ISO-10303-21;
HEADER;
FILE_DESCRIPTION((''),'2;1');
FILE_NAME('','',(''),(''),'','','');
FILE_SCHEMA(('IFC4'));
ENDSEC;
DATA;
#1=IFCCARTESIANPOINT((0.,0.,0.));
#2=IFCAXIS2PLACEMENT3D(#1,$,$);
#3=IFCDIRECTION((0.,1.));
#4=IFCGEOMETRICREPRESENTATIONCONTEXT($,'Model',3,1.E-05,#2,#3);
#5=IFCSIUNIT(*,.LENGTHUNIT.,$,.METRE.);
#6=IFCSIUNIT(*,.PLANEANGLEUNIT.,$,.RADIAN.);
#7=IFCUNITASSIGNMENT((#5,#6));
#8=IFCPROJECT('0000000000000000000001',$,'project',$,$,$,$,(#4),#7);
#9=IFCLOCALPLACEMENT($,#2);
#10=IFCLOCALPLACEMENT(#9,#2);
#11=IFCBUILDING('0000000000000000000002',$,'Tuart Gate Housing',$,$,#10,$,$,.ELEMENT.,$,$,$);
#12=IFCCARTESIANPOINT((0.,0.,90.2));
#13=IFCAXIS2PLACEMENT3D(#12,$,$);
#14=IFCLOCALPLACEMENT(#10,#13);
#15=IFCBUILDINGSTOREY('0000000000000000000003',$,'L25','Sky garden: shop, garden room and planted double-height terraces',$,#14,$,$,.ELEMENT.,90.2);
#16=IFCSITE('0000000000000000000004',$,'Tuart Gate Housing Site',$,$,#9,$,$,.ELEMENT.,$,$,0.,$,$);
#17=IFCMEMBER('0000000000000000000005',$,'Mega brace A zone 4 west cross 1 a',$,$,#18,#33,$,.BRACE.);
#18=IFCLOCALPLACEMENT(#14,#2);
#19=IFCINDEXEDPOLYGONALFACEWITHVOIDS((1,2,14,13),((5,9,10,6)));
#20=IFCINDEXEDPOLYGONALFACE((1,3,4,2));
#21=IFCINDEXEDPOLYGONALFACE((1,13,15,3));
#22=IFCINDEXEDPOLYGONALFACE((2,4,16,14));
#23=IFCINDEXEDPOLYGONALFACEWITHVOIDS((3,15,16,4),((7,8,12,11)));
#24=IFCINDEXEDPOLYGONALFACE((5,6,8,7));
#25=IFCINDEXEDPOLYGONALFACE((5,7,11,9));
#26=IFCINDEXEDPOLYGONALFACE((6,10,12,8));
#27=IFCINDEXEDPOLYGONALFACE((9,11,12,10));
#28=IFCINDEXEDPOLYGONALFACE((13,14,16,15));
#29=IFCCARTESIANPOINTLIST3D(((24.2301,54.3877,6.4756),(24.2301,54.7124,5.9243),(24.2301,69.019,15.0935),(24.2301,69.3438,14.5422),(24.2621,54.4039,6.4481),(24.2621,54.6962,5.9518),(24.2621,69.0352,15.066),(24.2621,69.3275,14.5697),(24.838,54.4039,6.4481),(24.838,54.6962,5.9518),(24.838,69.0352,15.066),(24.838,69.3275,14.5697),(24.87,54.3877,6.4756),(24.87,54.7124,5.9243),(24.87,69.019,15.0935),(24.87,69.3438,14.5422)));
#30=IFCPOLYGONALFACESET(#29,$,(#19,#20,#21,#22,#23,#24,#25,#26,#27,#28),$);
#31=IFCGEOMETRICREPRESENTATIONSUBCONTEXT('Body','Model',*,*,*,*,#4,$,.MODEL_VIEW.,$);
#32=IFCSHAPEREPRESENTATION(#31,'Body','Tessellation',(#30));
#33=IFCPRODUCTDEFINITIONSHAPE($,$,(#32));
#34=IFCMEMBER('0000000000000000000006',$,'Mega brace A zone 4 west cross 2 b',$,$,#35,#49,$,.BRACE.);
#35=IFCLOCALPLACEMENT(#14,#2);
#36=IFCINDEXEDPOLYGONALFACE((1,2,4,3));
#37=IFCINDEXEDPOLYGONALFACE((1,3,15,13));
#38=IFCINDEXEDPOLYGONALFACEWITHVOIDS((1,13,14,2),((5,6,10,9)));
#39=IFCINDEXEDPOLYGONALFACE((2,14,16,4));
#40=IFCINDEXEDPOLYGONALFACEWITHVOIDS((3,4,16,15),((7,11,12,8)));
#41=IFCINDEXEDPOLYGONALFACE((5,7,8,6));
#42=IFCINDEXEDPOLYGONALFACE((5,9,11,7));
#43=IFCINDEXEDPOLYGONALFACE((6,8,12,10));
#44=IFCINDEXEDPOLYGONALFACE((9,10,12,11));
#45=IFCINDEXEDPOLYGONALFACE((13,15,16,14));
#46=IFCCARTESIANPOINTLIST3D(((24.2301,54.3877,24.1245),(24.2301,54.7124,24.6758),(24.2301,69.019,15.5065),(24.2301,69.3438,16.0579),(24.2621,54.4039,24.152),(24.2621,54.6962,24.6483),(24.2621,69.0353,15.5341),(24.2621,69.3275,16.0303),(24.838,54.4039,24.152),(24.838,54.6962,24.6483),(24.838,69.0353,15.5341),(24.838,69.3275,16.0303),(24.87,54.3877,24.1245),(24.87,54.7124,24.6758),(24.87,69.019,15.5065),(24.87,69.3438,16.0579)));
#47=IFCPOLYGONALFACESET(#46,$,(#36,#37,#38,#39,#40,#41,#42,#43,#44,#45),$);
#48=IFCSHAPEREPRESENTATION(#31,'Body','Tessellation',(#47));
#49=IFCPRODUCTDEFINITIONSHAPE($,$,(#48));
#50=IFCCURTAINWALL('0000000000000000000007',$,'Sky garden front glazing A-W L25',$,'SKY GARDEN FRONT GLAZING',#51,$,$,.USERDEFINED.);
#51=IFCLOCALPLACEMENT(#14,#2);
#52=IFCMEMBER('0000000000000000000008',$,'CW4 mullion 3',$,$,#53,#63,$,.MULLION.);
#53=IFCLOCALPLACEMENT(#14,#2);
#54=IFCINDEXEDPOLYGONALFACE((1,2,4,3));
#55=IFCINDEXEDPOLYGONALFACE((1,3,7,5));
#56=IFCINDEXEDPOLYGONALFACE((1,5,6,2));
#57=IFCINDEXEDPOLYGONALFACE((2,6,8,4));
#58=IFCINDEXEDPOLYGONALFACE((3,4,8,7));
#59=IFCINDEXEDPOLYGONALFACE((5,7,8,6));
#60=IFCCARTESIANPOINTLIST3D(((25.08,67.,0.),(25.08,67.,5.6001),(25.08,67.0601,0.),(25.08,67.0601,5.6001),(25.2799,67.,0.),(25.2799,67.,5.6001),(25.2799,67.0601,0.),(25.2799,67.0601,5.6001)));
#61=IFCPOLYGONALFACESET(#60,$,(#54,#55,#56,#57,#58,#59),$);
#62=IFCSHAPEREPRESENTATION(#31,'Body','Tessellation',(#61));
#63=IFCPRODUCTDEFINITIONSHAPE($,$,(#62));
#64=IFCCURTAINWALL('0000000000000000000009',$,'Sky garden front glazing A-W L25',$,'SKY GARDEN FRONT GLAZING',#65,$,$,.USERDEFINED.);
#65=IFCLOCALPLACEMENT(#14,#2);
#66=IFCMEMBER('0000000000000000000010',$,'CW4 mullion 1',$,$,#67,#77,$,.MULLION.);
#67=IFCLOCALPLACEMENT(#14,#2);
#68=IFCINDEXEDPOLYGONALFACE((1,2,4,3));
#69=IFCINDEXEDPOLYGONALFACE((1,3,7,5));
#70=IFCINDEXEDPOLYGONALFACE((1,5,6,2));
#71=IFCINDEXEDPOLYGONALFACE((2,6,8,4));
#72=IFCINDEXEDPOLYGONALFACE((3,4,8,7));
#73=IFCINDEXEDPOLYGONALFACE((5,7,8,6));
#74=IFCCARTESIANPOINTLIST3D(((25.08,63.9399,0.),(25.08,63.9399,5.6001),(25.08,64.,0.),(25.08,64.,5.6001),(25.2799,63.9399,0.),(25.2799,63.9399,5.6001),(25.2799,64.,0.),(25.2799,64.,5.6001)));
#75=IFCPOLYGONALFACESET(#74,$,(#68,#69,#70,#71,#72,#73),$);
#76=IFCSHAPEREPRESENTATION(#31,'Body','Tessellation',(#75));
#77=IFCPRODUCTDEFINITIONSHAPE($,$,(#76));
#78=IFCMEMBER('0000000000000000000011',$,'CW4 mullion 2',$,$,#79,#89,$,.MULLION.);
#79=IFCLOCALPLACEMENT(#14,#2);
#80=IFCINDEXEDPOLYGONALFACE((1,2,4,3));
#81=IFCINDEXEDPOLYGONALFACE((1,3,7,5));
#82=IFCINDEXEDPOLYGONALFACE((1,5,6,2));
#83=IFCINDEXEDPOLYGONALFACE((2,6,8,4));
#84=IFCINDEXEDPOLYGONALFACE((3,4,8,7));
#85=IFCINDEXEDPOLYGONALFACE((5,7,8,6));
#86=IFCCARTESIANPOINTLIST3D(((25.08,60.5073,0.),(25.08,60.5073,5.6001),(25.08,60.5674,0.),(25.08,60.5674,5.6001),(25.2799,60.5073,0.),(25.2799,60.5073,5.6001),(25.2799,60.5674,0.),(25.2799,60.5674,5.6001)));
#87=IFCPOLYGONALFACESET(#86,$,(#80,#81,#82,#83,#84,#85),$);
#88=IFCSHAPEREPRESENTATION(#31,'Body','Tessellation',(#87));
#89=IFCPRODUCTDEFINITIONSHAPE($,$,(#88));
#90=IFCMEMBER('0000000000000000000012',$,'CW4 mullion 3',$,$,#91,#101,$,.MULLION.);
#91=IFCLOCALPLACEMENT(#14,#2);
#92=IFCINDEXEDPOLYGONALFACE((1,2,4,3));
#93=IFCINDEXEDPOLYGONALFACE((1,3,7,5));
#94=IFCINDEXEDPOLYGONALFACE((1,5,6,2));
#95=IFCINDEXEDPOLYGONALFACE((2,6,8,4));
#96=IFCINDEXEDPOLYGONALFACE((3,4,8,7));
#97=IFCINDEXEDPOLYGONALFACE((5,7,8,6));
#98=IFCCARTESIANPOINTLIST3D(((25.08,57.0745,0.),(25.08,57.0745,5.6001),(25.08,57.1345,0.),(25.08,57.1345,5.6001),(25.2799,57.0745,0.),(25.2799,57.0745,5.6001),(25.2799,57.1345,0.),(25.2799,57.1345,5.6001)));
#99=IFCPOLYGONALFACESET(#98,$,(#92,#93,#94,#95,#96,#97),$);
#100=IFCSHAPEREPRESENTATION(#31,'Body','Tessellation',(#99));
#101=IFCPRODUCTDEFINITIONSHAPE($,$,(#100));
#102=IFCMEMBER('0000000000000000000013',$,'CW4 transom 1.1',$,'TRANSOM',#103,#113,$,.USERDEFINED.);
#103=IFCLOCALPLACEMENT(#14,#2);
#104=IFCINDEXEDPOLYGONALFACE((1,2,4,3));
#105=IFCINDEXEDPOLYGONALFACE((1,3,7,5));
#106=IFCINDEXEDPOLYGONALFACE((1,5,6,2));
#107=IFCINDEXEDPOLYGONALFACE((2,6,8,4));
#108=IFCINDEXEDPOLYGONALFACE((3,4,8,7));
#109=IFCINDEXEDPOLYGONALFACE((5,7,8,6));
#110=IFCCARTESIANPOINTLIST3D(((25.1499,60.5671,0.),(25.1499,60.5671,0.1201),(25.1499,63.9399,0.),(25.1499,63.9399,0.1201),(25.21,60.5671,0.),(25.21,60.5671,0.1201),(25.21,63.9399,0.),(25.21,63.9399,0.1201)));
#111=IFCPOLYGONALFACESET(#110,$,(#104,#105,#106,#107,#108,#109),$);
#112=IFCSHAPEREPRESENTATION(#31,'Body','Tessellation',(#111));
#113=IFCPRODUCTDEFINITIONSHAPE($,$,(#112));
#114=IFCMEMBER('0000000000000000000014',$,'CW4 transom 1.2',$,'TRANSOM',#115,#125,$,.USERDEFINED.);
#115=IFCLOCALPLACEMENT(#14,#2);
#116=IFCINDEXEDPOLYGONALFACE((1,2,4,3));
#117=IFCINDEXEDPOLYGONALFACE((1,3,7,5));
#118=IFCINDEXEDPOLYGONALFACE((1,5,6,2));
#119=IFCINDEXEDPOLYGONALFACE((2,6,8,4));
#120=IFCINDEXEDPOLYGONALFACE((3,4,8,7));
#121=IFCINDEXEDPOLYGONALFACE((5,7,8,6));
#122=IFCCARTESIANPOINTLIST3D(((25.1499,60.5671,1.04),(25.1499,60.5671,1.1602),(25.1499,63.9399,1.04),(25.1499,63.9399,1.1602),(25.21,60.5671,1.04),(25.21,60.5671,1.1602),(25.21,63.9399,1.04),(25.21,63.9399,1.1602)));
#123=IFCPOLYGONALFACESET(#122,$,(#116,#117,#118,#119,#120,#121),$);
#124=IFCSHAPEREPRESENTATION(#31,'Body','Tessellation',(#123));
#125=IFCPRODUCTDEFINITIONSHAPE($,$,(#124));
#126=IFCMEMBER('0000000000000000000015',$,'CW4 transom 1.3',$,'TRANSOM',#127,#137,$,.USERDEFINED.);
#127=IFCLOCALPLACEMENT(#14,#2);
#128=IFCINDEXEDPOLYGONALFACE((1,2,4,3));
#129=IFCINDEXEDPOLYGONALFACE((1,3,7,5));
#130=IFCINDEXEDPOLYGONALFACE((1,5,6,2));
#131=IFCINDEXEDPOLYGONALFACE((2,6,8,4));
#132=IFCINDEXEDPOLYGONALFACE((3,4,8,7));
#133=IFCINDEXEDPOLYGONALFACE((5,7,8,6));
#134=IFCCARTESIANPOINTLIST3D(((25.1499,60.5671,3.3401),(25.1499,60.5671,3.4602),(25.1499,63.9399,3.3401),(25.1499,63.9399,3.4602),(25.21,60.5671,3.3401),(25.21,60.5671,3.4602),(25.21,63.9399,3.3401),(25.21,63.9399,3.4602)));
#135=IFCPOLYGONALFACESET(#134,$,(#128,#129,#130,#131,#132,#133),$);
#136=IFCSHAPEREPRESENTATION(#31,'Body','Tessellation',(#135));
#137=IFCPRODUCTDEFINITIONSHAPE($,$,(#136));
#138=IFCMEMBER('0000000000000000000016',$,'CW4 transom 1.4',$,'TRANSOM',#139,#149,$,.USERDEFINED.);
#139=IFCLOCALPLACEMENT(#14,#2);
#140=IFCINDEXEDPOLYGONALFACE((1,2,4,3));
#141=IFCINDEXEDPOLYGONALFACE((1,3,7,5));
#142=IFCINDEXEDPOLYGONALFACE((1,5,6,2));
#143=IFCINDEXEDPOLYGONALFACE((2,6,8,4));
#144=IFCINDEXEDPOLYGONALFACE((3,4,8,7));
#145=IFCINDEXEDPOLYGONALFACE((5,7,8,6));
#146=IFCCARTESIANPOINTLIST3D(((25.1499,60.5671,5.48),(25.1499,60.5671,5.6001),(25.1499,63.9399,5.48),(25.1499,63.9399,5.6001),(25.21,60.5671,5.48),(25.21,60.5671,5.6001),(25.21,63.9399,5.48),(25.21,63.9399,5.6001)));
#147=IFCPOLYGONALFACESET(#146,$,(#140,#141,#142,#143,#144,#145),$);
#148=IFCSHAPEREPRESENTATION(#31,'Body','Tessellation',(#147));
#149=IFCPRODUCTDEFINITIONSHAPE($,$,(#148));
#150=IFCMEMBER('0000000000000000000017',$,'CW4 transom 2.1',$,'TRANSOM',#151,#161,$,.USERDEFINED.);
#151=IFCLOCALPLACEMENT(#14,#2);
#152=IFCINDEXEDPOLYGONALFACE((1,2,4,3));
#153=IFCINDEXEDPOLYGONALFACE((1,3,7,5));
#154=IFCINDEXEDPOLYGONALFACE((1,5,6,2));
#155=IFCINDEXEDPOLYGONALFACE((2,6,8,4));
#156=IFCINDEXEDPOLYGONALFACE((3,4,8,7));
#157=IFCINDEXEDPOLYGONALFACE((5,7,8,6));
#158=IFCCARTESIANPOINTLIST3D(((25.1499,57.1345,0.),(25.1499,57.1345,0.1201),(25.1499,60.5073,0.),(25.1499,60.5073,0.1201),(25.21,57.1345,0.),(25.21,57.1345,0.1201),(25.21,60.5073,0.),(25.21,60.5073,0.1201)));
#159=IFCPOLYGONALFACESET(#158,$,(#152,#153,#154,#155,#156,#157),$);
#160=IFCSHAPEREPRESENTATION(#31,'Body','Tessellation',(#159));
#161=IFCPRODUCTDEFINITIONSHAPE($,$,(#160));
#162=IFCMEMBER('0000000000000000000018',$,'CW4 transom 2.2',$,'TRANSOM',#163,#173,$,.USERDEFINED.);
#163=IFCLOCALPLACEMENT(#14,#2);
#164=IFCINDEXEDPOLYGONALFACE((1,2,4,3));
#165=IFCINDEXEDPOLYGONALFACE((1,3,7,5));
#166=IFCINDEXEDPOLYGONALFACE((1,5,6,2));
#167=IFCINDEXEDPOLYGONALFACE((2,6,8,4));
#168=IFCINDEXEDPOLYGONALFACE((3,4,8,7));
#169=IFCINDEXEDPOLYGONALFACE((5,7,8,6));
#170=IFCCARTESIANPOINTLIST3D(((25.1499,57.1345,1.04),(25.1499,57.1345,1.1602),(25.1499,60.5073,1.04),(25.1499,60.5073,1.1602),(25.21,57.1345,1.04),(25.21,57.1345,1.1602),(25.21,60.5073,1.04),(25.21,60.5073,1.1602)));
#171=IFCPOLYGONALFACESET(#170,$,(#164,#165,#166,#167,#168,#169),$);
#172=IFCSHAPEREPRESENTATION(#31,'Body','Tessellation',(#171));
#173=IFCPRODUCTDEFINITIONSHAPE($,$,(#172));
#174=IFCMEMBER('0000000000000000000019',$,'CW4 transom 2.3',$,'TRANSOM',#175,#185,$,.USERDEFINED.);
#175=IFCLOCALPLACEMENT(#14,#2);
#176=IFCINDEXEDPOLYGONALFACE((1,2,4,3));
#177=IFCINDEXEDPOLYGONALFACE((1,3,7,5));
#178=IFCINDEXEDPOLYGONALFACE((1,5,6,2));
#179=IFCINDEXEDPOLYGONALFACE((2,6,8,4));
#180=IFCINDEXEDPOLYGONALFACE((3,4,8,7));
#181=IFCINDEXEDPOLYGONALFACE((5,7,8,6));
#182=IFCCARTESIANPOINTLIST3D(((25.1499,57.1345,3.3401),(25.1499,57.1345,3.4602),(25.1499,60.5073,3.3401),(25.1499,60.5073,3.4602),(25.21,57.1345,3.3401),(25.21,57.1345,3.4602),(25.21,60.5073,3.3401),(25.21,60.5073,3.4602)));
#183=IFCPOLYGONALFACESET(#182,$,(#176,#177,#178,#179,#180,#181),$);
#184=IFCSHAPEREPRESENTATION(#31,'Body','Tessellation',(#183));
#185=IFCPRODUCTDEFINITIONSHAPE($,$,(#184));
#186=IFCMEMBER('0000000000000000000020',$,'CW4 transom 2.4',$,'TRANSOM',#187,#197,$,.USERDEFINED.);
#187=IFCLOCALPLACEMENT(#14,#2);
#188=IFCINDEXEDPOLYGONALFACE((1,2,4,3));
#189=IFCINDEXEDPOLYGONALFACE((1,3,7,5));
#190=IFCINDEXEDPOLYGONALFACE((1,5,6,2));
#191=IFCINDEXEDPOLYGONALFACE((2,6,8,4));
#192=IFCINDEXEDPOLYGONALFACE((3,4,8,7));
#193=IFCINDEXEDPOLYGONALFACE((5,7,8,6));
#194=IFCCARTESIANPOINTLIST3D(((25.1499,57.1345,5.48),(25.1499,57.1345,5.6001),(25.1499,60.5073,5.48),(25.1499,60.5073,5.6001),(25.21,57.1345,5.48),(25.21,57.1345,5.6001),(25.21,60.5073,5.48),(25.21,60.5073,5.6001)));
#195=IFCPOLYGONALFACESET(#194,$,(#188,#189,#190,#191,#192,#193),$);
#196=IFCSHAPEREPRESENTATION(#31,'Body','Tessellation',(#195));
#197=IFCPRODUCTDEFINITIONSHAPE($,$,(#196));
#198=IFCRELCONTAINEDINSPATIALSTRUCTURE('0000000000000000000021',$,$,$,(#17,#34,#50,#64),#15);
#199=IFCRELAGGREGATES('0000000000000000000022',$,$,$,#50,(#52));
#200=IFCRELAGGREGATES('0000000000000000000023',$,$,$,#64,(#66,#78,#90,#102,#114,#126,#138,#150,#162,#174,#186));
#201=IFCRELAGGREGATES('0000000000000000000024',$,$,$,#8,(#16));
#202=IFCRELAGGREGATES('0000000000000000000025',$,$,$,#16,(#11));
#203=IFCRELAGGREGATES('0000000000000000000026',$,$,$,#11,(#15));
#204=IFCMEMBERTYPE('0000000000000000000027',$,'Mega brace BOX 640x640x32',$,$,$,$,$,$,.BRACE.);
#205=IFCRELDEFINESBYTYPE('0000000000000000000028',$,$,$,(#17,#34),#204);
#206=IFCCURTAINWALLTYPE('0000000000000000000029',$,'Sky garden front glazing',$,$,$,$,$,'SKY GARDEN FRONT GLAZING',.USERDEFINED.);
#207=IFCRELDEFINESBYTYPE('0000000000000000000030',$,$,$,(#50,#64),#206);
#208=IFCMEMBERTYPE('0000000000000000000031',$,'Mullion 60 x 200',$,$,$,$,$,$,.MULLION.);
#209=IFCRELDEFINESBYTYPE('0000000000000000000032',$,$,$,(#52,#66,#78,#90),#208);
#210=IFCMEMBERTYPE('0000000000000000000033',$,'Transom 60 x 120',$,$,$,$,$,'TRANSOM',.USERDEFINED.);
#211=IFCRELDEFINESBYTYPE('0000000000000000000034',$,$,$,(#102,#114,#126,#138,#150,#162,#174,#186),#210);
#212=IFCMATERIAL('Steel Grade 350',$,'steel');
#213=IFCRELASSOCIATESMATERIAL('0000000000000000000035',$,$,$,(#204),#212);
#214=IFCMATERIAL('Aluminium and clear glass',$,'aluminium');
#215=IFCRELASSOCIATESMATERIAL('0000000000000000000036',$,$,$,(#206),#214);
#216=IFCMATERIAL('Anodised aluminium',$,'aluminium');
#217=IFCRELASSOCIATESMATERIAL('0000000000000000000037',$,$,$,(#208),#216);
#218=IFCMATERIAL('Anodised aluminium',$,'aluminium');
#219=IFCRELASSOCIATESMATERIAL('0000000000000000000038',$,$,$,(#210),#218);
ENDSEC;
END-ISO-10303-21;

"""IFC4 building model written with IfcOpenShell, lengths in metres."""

from ifc_helpers import new_model, si_unit, direction, frame, origin, origin_2d, place, context, subcontext, project, spatial, rectangle, hollow_rectangle, extrude, material, material_profile, profile_set, type_object, element, aggregate, save


model = new_model("IFC4")

# Units and contexts
model_context = context("Model", 3, precision=1e-05, world=origin(), true_north=direction((0.0, 1.0)))
body_context = subcontext(model_context, "Body", "Model", "MODEL_VIEW")
ifc_project = project(units=[si_unit("LENGTHUNIT", "METRE"), si_unit("PLANEANGLEUNIT", "RADIAN")], contexts=[model_context])

# Site, building, storey
site_placement = place(None, origin())
site = spatial("IfcSite", under=ifc_project, at=site_placement, Name="Tuart Gate Housing Site", CompositionType="ELEMENT", RefElevation=0.0)
building_placement = place(site_placement, origin())
building = spatial("IfcBuilding", under=site, at=building_placement, Name="Tuart Gate Housing", CompositionType="ELEMENT")
storey_placement = place(building_placement, frame((0.0, 0.0, 90.2)))
storey = spatial("IfcBuildingStorey", under=building, at=storey_placement, Name="L25", Description="Sky garden: shop, garden room and planted double-height terraces", CompositionType="ELEMENT", Elevation=90.2)

# Members
ifc_material_1 = material(Name="Steel Grade 350", Category="steel")
ifc_material_profile_1 = material_profile(ifc_material_1, hollow_rectangle(XDim=0.6399, YDim=0.6399, WallThickness=0.032, at=origin_2d()), Name="BOX 640x640x32")
ifc_profile_set_1 = profile_set([ifc_material_profile_1], Name="Steel Grade 350")
member_type_1 = type_object("IfcMemberType", Name="Mega brace BOX 640x640x32", PredefinedType="BRACE", material=ifc_profile_set_1)
for number, where, z_axis, x_axis, name in (
    (1, (24.55, 54.55, 6.2), (0.0, 0.861645, 0.507512), (-1.0, 0.0, 0.0), "Mega brace A zone 4 west cross 1 a"),
    (2, (24.55, 69.1814, 15.7822), (0.0, -0.861645, 0.507512), (1.0, 0.0, 0.0), "Mega brace A zone 4 west cross 2 b"),
):
    element("IfcMember", number, at=place(storey_placement, frame(where, z_axis=z_axis, x_axis=x_axis)), inside=storey, type_object=member_type_1, Name=name, PredefinedType="BRACE", context=body_context, shape_type="SweptSolid", body=[
        extrude(hollow_rectangle(XDim=0.6399, YDim=0.6399, WallThickness=0.032, at=origin_2d()), origin(), (0.0, 0.0, 1.0), 16.9807),
    ])

# Curtain wall, member
ifc_material_2 = material(Name="Aluminium and clear glass", Category="aluminium")
curtain_wall_type = type_object("IfcCurtainWallType", Name="Sky garden front glazing", ElementType="SKY GARDEN FRONT GLAZING", PredefinedType="USERDEFINED", material=ifc_material_2)
curtain_wall_1_placement = place(storey_placement, origin())
curtain_wall_1 = element("IfcCurtainWall", 3, at=curtain_wall_1_placement, inside=storey, type_object=curtain_wall_type, Name="Sky garden front glazing A-W L25", ObjectType="SKY GARDEN FRONT GLAZING", PredefinedType="USERDEFINED")
ifc_material_3 = material(Name="Anodised aluminium", Category="aluminium")
ifc_material_profile_2 = material_profile(ifc_material_3, rectangle(XDim=0.0601, YDim=0.2, at=origin_2d()), Name="60x200")
ifc_profile_set_2 = profile_set([ifc_material_profile_2], Name="Anodised aluminium")
member_type_2 = type_object("IfcMemberType", Name="Mullion 60 x 200", PredefinedType="MULLION", material=ifc_profile_set_2)
member_1_placement = place(storey_placement, frame((25.1799, 67.03, 0.0), z_axis=(0.0, 0.0, 1.0), x_axis=(0.0, -1.0, 0.0)))
member_1 = element("IfcMember", 4, at=member_1_placement, type_object=member_type_2, Name="CW4 mullion 3", PredefinedType="MULLION", context=body_context, shape_type="SweptSolid", body=[
    extrude(rectangle(XDim=0.0601, YDim=0.2, at=origin_2d()), origin(), (0.0, 0.0, 1.0), 5.6001),
])

# Curtain wall, members
curtain_wall_2_placement = place(storey_placement, origin())
curtain_wall_2 = element("IfcCurtainWall", 5, at=curtain_wall_2_placement, inside=storey, type_object=curtain_wall_type, Name="Sky garden front glazing A-W L25", ObjectType="SKY GARDEN FRONT GLAZING", PredefinedType="USERDEFINED")
member_2_placement = place(storey_placement, frame((25.1799, 63.97, 0.0), z_axis=(0.0, 0.0, 1.0), x_axis=(0.0, -1.0, 0.0)))
member_2 = element("IfcMember", 6, at=member_2_placement, type_object=member_type_2, Name="CW4 mullion 1", PredefinedType="MULLION", context=body_context, shape_type="SweptSolid", body=[
    extrude(rectangle(XDim=0.0601, YDim=0.2, at=origin_2d()), origin(), (0.0, 0.0, 1.0), 5.6001),
])
member_3_placement = place(storey_placement, frame((25.1799, 60.5374, 0.0), z_axis=(0.0, 0.0, 1.0), x_axis=(0.0, -1.0, 0.0)))
member_3 = element("IfcMember", 7, at=member_3_placement, type_object=member_type_2, Name="CW4 mullion 2", PredefinedType="MULLION", context=body_context, shape_type="SweptSolid", body=[
    extrude(rectangle(XDim=0.0601, YDim=0.2, at=origin_2d()), origin(), (0.0, 0.0, 1.0), 5.6001),
])
member_4_placement = place(storey_placement, frame((25.1799, 57.1045, 0.0), z_axis=(0.0, 0.0, 1.0), x_axis=(0.0, -1.0, 0.0)))
member_4 = element("IfcMember", 8, at=member_4_placement, type_object=member_type_2, Name="CW4 mullion 3", PredefinedType="MULLION", context=body_context, shape_type="SweptSolid", body=[
    extrude(rectangle(XDim=0.0601, YDim=0.2, at=origin_2d()), origin(), (0.0, 0.0, 1.0), 5.6001),
])
ifc_material_4 = material(Name="Anodised aluminium", Category="aluminium")
ifc_material_profile_3 = material_profile(ifc_material_4, rectangle(XDim=0.0601, YDim=0.1201, at=origin_2d()), Name="60x120")
ifc_profile_set_3 = profile_set([ifc_material_profile_3], Name="Anodised aluminium")
member_type_3 = type_object("IfcMemberType", Name="Transom 60 x 120", ElementType="TRANSOM", PredefinedType="USERDEFINED", material=ifc_profile_set_3)
member_5_placement = place(storey_placement, frame((25.1799, 63.9399, 0.0601), z_axis=(0.0, -1.0, 0.0), x_axis=(1.0, 0.0, 0.0)))
member_5 = element("IfcMember", 9, at=member_5_placement, type_object=member_type_3, Name="CW4 transom 1.1", ObjectType="TRANSOM", PredefinedType="USERDEFINED", context=body_context, shape_type="SweptSolid", body=[
    extrude(rectangle(XDim=0.0601, YDim=0.1201, at=origin_2d()), origin(), (0.0, 0.0, 1.0), 3.3728),
])
member_6_placement = place(storey_placement, frame((25.1799, 63.9399, 1.1001), z_axis=(0.0, -1.0, 0.0), x_axis=(1.0, 0.0, 0.0)))
member_6 = element("IfcMember", 10, at=member_6_placement, type_object=member_type_3, Name="CW4 transom 1.2", ObjectType="TRANSOM", PredefinedType="USERDEFINED", context=body_context, shape_type="SweptSolid", body=[
    extrude(rectangle(XDim=0.0601, YDim=0.1201, at=origin_2d()), origin(), (0.0, 0.0, 1.0), 3.3728),
])
member_7_placement = place(storey_placement, frame((25.1799, 63.9399, 3.4001), z_axis=(0.0, -1.0, 0.0), x_axis=(1.0, 0.0, 0.0)))
member_7 = element("IfcMember", 11, at=member_7_placement, type_object=member_type_3, Name="CW4 transom 1.3", ObjectType="TRANSOM", PredefinedType="USERDEFINED", context=body_context, shape_type="SweptSolid", body=[
    extrude(rectangle(XDim=0.0601, YDim=0.1201, at=origin_2d()), origin(), (0.0, 0.0, 1.0), 3.3728),
])
member_8_placement = place(storey_placement, frame((25.1799, 63.9399, 5.54), z_axis=(0.0, -1.0, 0.0), x_axis=(1.0, 0.0, 0.0)))
member_8 = element("IfcMember", 12, at=member_8_placement, type_object=member_type_3, Name="CW4 transom 1.4", ObjectType="TRANSOM", PredefinedType="USERDEFINED", context=body_context, shape_type="SweptSolid", body=[
    extrude(rectangle(XDim=0.0601, YDim=0.1201, at=origin_2d()), origin(), (0.0, 0.0, 1.0), 3.3728),
])
member_9_placement = place(storey_placement, frame((25.1799, 60.5073, 0.0601), z_axis=(0.0, -1.0, 0.0), x_axis=(1.0, 0.0, 0.0)))
member_9 = element("IfcMember", 13, at=member_9_placement, type_object=member_type_3, Name="CW4 transom 2.1", ObjectType="TRANSOM", PredefinedType="USERDEFINED", context=body_context, shape_type="SweptSolid", body=[
    extrude(rectangle(XDim=0.0601, YDim=0.1201, at=origin_2d()), origin(), (0.0, 0.0, 1.0), 3.3728),
])
member_10_placement = place(storey_placement, frame((25.1799, 60.5073, 1.1001), z_axis=(0.0, -1.0, 0.0), x_axis=(1.0, 0.0, 0.0)))
member_10 = element("IfcMember", 14, at=member_10_placement, type_object=member_type_3, Name="CW4 transom 2.2", ObjectType="TRANSOM", PredefinedType="USERDEFINED", context=body_context, shape_type="SweptSolid", body=[
    extrude(rectangle(XDim=0.0601, YDim=0.1201, at=origin_2d()), origin(), (0.0, 0.0, 1.0), 3.3728),
])
member_11_placement = place(storey_placement, frame((25.1799, 60.5073, 3.4001), z_axis=(0.0, -1.0, 0.0), x_axis=(1.0, 0.0, 0.0)))
member_11 = element("IfcMember", 15, at=member_11_placement, type_object=member_type_3, Name="CW4 transom 2.3", ObjectType="TRANSOM", PredefinedType="USERDEFINED", context=body_context, shape_type="SweptSolid", body=[
    extrude(rectangle(XDim=0.0601, YDim=0.1201, at=origin_2d()), origin(), (0.0, 0.0, 1.0), 3.3728),
])
member_12_placement = place(storey_placement, frame((25.1799, 60.5073, 5.54), z_axis=(0.0, -1.0, 0.0), x_axis=(1.0, 0.0, 0.0)))
member_12 = element("IfcMember", 16, at=member_12_placement, type_object=member_type_3, Name="CW4 transom 2.4", ObjectType="TRANSOM", PredefinedType="USERDEFINED", context=body_context, shape_type="SweptSolid", body=[
    extrude(rectangle(XDim=0.0601, YDim=0.1201, at=origin_2d()), origin(), (0.0, 0.0, 1.0), 3.3728),
])

aggregate(curtain_wall_1, [member_1])
aggregate(curtain_wall_2, [member_2, member_3, member_4, member_5, member_6, member_7, member_8, member_9, member_10, member_11, member_12])

save(model, "model.ifc")
